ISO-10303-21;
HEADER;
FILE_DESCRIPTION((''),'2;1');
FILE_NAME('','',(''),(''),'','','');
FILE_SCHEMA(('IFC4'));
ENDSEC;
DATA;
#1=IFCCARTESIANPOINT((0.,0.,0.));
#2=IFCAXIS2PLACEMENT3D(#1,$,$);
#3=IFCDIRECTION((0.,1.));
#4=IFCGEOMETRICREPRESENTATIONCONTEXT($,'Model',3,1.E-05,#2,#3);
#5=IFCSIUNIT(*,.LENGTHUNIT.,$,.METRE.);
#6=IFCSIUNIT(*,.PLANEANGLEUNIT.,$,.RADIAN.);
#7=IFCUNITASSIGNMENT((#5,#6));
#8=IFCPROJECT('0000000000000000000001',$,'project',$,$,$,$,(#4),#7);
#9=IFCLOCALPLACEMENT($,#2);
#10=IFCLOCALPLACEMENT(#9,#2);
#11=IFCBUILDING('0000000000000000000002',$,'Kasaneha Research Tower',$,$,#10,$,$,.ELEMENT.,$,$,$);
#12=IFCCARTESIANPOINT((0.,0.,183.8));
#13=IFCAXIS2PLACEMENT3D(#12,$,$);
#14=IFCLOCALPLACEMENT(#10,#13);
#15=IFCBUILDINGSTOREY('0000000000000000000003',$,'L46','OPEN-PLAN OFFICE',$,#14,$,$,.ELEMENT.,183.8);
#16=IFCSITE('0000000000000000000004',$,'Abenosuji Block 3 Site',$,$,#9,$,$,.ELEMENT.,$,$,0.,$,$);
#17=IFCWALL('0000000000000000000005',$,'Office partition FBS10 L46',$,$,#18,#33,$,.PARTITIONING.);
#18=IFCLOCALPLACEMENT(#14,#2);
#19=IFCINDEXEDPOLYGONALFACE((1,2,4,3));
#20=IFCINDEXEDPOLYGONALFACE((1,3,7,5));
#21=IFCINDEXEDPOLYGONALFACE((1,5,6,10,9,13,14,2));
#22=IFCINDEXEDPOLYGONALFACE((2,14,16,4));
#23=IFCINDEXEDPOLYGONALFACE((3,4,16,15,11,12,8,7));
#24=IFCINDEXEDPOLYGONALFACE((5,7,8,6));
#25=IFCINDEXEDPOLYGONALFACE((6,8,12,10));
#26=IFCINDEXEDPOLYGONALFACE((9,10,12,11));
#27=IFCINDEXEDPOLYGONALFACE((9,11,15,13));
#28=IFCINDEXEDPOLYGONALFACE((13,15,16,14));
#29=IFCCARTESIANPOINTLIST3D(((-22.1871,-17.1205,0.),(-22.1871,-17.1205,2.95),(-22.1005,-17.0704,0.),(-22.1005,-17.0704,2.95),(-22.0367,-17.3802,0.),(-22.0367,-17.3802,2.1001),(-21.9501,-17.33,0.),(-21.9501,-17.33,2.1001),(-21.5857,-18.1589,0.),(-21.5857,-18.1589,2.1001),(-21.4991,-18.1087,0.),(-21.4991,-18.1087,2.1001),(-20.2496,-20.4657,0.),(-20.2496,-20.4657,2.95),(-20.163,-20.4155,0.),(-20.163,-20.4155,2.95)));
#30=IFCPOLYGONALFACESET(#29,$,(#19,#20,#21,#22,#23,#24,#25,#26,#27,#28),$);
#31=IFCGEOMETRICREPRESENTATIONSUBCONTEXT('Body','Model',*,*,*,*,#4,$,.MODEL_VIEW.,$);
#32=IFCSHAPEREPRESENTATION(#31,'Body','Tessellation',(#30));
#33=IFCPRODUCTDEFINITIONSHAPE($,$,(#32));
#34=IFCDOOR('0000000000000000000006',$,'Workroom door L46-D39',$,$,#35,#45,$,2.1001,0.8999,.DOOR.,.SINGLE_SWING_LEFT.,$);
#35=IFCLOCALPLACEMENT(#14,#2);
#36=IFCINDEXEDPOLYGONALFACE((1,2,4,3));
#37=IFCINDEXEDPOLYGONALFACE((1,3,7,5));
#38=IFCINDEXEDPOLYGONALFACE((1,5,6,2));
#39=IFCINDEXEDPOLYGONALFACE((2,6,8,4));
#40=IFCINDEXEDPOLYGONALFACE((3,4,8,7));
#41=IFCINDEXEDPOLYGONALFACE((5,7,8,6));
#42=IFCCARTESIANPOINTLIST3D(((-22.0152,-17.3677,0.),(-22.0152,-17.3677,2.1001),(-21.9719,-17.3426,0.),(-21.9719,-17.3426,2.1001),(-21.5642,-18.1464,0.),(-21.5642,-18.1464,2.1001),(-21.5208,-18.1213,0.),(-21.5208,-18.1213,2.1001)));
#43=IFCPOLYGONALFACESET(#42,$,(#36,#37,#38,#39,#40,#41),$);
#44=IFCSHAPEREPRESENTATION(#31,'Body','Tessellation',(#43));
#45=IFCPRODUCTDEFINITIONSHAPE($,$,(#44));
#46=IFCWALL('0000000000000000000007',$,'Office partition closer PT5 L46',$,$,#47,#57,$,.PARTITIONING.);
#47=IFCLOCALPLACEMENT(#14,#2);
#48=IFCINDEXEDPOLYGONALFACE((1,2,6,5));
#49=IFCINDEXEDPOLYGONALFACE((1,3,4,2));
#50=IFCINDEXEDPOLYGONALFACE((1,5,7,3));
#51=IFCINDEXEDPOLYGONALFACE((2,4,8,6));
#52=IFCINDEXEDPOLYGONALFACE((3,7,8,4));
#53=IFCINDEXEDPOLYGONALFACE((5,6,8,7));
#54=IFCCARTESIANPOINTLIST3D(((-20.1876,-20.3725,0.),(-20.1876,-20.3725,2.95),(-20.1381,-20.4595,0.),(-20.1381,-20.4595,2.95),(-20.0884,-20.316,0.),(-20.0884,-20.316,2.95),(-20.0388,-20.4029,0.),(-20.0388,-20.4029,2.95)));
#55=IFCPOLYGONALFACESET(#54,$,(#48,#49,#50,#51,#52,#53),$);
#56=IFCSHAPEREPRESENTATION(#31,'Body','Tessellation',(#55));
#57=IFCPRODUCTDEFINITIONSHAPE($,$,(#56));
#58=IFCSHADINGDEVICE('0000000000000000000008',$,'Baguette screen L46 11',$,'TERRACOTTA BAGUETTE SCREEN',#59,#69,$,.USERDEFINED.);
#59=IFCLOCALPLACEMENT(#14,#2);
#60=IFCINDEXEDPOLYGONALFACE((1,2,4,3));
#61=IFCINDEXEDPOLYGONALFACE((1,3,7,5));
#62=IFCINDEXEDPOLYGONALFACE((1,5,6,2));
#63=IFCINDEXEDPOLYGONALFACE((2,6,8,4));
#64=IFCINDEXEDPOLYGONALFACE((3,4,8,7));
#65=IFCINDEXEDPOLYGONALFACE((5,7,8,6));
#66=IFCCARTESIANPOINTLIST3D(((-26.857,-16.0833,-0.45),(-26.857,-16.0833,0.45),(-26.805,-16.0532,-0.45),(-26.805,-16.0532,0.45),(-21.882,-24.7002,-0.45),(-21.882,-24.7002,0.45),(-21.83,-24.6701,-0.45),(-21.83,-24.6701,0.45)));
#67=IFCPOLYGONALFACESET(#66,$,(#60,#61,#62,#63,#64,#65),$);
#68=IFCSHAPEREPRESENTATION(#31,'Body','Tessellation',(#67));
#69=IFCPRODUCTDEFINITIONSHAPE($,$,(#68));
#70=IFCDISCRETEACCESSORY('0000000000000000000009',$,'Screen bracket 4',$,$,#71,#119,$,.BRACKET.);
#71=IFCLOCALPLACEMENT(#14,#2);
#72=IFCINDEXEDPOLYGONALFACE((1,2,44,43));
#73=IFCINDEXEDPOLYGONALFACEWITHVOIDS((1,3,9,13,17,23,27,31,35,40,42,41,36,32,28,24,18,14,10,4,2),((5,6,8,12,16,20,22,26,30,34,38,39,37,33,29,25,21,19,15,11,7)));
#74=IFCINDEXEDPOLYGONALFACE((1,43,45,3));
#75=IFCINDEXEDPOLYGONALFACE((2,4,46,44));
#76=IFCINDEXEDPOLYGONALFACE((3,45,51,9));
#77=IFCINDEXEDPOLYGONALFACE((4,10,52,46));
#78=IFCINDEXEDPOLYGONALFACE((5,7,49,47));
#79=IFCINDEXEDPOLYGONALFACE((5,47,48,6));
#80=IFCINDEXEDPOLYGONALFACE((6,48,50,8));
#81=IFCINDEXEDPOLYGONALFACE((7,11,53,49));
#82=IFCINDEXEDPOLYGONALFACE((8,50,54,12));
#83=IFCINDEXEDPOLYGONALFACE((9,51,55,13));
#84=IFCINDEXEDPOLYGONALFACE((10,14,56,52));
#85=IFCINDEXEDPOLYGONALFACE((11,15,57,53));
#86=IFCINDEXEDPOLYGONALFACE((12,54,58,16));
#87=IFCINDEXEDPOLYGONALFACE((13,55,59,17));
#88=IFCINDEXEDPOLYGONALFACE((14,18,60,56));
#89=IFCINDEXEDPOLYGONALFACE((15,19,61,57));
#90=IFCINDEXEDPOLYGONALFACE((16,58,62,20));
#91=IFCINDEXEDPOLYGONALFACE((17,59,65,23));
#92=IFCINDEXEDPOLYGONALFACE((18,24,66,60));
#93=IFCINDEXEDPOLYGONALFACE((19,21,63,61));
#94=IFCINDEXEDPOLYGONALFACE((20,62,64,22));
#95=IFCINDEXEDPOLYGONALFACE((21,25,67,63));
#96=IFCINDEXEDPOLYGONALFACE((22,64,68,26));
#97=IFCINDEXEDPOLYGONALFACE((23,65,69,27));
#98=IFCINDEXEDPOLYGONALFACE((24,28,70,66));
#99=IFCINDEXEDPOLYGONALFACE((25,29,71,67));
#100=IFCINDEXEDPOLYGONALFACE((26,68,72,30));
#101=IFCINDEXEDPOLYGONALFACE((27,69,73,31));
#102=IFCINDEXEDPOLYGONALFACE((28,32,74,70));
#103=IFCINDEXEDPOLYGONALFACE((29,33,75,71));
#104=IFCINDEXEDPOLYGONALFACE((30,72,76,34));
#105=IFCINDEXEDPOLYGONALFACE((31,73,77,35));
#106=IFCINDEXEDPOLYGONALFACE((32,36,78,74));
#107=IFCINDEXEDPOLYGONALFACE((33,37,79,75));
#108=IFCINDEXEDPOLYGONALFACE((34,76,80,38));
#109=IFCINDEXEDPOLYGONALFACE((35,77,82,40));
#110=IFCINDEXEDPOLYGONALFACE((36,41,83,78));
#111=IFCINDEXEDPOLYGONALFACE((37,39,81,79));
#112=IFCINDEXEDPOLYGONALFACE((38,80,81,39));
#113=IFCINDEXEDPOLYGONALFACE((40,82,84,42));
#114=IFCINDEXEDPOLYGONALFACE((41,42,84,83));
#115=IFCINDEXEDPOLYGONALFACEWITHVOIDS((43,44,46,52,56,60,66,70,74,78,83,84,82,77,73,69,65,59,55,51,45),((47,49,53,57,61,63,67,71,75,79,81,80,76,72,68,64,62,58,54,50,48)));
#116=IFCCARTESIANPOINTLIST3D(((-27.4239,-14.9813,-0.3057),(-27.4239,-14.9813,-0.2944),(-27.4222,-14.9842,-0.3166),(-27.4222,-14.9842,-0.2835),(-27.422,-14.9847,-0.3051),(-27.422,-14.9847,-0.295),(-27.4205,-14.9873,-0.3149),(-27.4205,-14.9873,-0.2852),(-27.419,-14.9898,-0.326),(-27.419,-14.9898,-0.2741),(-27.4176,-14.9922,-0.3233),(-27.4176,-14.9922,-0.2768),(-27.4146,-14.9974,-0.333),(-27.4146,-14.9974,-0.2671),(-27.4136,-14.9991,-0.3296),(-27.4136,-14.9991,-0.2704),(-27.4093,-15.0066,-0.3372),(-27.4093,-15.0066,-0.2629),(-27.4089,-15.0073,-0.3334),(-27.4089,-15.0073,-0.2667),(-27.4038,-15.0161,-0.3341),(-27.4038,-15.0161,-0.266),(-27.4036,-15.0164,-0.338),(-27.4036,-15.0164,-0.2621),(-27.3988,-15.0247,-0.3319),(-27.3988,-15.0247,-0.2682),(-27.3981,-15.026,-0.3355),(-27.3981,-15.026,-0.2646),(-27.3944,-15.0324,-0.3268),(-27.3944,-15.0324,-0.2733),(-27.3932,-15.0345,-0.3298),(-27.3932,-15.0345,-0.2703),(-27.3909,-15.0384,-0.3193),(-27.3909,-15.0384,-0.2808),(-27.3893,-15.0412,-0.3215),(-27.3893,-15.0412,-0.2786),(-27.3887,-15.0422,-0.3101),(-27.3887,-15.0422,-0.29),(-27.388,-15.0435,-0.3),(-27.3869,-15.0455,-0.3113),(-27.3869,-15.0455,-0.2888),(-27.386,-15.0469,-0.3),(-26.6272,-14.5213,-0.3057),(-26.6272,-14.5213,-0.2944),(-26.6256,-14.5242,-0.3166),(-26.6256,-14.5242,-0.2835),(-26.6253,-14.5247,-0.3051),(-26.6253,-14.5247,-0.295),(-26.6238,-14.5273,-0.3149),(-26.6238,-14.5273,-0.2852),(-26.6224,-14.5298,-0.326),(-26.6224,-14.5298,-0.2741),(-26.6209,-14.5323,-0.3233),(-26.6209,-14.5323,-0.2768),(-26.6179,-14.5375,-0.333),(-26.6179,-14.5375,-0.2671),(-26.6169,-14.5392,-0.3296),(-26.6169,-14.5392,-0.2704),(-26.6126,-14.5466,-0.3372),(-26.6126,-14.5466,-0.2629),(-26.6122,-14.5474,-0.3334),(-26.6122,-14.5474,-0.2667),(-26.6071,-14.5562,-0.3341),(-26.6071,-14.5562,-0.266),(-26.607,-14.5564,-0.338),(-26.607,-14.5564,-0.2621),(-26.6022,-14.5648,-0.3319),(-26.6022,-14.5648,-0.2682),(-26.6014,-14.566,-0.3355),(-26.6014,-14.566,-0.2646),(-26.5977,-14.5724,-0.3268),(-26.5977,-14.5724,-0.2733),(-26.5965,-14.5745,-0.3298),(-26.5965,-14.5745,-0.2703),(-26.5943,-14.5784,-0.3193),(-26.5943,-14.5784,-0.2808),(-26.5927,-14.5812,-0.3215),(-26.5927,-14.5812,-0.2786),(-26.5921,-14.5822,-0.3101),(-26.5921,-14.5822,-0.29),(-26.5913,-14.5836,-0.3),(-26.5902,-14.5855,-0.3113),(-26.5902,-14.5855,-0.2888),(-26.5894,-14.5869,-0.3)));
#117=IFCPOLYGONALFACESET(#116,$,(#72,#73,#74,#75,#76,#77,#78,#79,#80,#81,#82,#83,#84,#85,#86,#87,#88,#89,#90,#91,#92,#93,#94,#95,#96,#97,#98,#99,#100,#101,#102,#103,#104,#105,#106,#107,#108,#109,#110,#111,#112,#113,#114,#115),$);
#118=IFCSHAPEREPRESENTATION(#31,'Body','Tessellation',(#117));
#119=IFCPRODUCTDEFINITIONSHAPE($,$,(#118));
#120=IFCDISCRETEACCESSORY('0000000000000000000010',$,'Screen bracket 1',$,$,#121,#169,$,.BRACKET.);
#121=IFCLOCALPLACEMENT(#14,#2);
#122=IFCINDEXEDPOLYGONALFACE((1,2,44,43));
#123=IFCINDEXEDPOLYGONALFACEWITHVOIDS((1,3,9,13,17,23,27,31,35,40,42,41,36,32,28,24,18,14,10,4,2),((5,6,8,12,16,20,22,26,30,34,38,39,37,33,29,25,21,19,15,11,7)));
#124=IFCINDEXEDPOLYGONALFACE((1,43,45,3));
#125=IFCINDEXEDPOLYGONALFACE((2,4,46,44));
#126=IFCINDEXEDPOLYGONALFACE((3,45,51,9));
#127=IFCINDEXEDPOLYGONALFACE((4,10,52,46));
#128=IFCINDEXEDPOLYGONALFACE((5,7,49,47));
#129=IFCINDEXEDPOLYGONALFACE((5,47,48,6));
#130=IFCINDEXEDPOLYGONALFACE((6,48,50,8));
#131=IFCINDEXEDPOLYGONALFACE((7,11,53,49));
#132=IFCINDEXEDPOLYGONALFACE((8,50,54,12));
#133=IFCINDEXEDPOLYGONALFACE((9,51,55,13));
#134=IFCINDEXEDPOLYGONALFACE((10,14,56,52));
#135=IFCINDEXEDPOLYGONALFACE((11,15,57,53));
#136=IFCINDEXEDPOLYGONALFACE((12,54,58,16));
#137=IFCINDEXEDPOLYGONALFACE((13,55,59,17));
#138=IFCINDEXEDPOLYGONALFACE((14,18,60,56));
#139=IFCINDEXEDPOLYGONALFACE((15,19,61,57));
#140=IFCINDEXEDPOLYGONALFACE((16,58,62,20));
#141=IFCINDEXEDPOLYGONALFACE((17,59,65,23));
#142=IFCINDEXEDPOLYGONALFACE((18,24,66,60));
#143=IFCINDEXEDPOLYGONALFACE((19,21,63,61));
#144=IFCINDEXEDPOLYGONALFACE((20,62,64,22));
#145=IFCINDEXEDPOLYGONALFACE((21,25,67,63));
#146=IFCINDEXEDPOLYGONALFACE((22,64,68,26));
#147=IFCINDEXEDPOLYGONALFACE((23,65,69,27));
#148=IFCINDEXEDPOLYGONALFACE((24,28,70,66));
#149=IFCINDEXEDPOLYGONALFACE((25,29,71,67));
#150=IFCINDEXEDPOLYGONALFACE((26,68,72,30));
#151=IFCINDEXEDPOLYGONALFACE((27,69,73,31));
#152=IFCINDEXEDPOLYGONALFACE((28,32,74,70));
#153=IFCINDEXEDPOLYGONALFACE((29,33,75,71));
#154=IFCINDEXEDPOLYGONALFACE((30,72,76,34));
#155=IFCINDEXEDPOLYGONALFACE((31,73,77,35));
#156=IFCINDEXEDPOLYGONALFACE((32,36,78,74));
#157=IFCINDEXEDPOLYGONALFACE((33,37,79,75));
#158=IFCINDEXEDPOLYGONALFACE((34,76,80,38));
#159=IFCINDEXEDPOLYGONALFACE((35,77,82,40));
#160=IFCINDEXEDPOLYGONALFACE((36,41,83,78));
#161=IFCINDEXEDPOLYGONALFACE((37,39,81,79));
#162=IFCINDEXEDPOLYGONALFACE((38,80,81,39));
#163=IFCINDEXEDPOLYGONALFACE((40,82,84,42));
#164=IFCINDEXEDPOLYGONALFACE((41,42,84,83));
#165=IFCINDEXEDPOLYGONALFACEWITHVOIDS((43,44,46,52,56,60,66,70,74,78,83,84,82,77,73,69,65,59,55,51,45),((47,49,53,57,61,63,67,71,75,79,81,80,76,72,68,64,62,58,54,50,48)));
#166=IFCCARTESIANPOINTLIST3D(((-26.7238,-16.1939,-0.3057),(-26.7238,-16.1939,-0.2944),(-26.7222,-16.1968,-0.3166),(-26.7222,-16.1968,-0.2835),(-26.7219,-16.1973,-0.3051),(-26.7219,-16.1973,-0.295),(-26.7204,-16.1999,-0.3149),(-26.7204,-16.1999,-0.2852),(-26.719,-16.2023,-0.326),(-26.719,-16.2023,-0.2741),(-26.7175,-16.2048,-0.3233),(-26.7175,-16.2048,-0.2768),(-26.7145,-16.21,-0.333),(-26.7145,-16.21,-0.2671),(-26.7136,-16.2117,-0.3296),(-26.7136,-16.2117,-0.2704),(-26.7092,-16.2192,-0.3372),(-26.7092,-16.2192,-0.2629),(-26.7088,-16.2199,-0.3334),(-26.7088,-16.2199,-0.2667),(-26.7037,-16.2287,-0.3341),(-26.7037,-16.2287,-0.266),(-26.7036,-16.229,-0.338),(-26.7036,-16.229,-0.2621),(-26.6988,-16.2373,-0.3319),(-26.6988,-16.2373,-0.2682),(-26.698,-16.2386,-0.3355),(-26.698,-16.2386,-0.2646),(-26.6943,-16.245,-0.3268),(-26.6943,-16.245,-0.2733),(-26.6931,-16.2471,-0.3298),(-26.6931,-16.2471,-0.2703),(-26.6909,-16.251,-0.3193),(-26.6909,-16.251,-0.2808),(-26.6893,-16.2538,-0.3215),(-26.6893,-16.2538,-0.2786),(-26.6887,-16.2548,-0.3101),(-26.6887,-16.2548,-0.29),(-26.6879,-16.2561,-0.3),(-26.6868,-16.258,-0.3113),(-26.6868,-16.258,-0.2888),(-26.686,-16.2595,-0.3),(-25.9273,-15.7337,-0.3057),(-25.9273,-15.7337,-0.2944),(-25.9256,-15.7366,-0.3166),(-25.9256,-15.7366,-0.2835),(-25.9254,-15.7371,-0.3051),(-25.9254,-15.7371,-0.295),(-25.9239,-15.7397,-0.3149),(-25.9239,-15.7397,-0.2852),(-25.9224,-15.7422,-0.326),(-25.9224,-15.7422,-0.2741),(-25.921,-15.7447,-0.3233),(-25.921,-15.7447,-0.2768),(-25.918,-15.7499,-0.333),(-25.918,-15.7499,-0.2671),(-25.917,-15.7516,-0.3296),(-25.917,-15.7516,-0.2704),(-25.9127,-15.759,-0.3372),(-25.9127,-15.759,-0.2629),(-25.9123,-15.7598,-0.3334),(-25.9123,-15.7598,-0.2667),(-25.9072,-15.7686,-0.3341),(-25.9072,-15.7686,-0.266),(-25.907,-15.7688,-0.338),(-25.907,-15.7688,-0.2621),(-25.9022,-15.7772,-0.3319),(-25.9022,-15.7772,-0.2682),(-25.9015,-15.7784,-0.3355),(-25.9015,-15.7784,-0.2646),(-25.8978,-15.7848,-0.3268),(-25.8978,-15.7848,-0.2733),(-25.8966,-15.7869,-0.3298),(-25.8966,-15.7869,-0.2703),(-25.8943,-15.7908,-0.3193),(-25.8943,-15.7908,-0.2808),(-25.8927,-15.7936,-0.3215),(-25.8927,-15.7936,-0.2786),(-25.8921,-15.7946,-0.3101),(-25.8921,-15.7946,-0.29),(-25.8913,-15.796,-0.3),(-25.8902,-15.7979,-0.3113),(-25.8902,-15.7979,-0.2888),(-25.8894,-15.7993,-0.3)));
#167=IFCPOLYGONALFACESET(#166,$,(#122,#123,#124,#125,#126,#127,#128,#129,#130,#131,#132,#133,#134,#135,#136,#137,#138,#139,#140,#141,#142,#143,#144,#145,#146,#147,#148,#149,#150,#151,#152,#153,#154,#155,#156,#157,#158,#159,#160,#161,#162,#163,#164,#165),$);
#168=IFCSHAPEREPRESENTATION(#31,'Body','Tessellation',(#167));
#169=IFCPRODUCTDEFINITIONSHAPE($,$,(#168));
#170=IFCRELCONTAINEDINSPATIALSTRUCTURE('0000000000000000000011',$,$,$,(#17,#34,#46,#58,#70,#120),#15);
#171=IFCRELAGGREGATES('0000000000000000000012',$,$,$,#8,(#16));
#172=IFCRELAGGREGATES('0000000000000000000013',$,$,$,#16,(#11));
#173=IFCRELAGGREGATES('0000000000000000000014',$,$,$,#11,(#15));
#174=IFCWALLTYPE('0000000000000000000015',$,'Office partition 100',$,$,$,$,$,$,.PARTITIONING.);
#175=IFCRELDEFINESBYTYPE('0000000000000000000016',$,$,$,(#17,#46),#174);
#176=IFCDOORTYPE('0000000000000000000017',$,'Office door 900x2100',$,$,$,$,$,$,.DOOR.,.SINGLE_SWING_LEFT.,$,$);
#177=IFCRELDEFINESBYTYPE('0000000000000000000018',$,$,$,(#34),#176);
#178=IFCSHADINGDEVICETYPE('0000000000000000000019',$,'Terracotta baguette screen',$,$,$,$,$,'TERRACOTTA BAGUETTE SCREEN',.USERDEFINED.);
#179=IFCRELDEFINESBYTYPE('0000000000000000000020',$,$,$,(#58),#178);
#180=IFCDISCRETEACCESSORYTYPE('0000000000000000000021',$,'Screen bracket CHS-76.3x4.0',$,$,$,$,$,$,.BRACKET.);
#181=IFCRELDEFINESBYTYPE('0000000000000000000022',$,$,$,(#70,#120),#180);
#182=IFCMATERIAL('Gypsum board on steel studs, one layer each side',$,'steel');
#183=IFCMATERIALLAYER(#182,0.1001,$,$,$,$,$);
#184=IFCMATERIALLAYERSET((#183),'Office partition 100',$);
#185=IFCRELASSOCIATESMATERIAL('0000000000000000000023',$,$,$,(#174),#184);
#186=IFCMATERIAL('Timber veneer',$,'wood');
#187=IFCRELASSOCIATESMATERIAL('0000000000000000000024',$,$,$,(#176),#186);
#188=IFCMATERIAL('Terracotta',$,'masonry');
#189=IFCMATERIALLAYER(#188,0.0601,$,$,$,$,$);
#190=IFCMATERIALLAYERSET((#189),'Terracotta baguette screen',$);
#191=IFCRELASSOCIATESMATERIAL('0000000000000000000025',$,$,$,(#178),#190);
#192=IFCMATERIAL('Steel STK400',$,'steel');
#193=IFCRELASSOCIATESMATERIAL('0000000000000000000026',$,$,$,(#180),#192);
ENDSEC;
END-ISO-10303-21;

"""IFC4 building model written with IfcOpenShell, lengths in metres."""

from ifc_helpers import new_model, si_unit, direction, frame, frame_2d, origin, origin_2d, place, context, subcontext, project, spatial, rectangle, hollow_circle, extrude, material, layer, layer_set, material_profile, profile_set, type_object, element, fill, save


model = new_model("IFC4")

# Units and contexts
model_context = context("Model", 3, precision=1e-05, world=origin(), true_north=direction((0.0, 1.0)))
body_context = subcontext(model_context, "Body", "Model", "MODEL_VIEW")
ifc_project = project(units=[si_unit("LENGTHUNIT", "METRE"), si_unit("PLANEANGLEUNIT", "RADIAN")], contexts=[model_context])

# Site, building, storey
site_placement = place(None, origin())
site = spatial("IfcSite", under=ifc_project, at=site_placement, Name="Abenosuji Block 3 Site", CompositionType="ELEMENT", RefElevation=0.0)
building_placement = place(site_placement, origin())
building = spatial("IfcBuilding", under=site, at=building_placement, Name="Kasaneha Research Tower", CompositionType="ELEMENT")
storey_placement = place(building_placement, frame((0.0, 0.0, 183.8)))
storey = spatial("IfcBuildingStorey", under=building, at=storey_placement, Name="L46", Description="OPEN-PLAN OFFICE", CompositionType="ELEMENT", Elevation=183.8)

# Shared definitions
ifc_material_1 = material(Name="Gypsum board on steel studs, one layer each side", Category="steel")
ifc_layer_1 = layer(ifc_material_1, 0.1001)
ifc_layer_set_1 = layer_set([ifc_layer_1], Name="Office partition 100")
wall_type = type_object("IfcWallType", Name="Office partition 100", PredefinedType="PARTITIONING", material=ifc_layer_set_1)

# Shared definitions
ifc_material_2 = material(Name="Timber veneer", Category="wood")
door_type = type_object("IfcDoorType", Name="Office door 900x2100", OperationType="SINGLE_SWING_LEFT", PredefinedType="DOOR", material=ifc_material_2)

# Wall, opening, door
wall_1_placement = place(storey_placement, frame((-22.1438, -17.0955, 0.0), z_axis=(0.0, 0.0, 1.0), x_axis=(0.501191, -0.865337, 0.0)))
wall_1 = element("IfcWall", 1, at=wall_1_placement, inside=storey, type_object=wall_type, Name="Office partition FBS10 L46", PredefinedType="PARTITIONING", context=body_context, shape_type="SweptSolid", body=[
    extrude(rectangle(XDim=3.8657, YDim=0.1001, at=frame_2d((1.9329, 0.0))), origin(), (0.0, 0.0, 1.0), 2.95),
])
opening_1_placement = place(wall_1_placement, frame((0.3, 0.0, 0.0)))
opening_1 = element("IfcOpeningElement", 2, at=opening_1_placement, cuts=wall_1, PredefinedType="OPENING", context=body_context, shape_type="SweptSolid", body=[
    extrude(rectangle(XDim=0.8999, YDim=2.1001, at=frame_2d((0.45, 1.05))), frame((0.0, 0.0601, 0.0), z_axis=(0.0, -1.0, 0.0), x_axis=(1.0, 0.0, 0.0)), (0.0, 0.0, 1.0), 0.1201),
])
door_1_placement = place(opening_1_placement, origin())
door_1 = element("IfcDoor", 3, at=door_1_placement, inside=storey, type_object=door_type, Name="Workroom door L46-D39", OperationType="SINGLE_SWING_LEFT", OverallHeight=2.1001, OverallWidth=0.8999, PredefinedType="DOOR", context=body_context, shape_type="SweptSolid", body=[
    extrude(rectangle(XDim=0.8999, YDim=2.1001, at=frame_2d((0.45, 1.05))), frame((0.0, 0.0249, 0.0), z_axis=(0.0, -1.0, 0.0), x_axis=(1.0, 0.0, 0.0)), (0.0, 0.0, 1.0), 0.05),
])
fill(opening_1, door_1)

# Wall
wall_2_placement = place(storey_placement, frame((-20.1628, -20.416, 0.0), z_axis=(0.0, 0.0, 1.0), x_axis=(0.868768, 0.495219, 0.0)))
element("IfcWall", 4, at=wall_2_placement, inside=storey, type_object=wall_type, Name="Office partition closer PT5 L46", PredefinedType="PARTITIONING", context=body_context, shape_type="SweptSolid", body=[
    extrude(rectangle(XDim=0.1143, YDim=0.1001, at=frame_2d((0.0571, 0.0))), origin(), (0.0, 0.0, 1.0), 2.95),
])

# Shading device
ifc_material_3 = material(Name="Terracotta", Category="masonry")
ifc_layer_2 = layer(ifc_material_3, 0.0601)
ifc_layer_set_2 = layer_set([ifc_layer_2], Name="Terracotta baguette screen")
shading_device_type = type_object("IfcShadingDeviceType", Name="Terracotta baguette screen", ElementType="TERRACOTTA BAGUETTE SCREEN", PredefinedType="USERDEFINED", material=ifc_layer_set_2)
shading_device_placement = place(storey_placement, frame((-24.3435, -20.3767, -0.45), z_axis=(0.0, 0.0, 1.0), x_axis=(0.5, -0.866025, 0.0)))
element("IfcShadingDevice", 5, at=shading_device_placement, inside=storey, type_object=shading_device_type, Name="Baguette screen L46 11", ObjectType="TERRACOTTA BAGUETTE SCREEN", PredefinedType="USERDEFINED", context=body_context, shape_type="SweptSolid", body=[
    extrude(rectangle(XDim=9.95, YDim=0.0601, at=origin_2d()), origin(), (0.0, 0.0, 1.0), 0.8999),
])

# Discrete accessories
ifc_material_4 = material(Name="Steel STK400", Category="steel")
ifc_material_profile_1 = material_profile(ifc_material_4, hollow_circle(Radius=0.0381, WallThickness=0.0039, at=origin_2d()), Name="CHS-76.3x4.0")
ifc_profile_set_1 = profile_set([ifc_material_profile_1], Name="Steel STK400")
discrete_accessory_type = type_object("IfcDiscreteAccessoryType", Name="Screen bracket CHS-76.3x4.0", PredefinedType="BRACKET", material=ifc_profile_set_1)
for number, where, z_axis, x_axis, name in (
    (6, (-26.6084, -14.554, -0.3), (-0.866013, -0.500021, 0.0), (0.500021, -0.866013, 0.0), "Screen bracket 4"),
    (7, (-25.9084, -15.7664, -0.3), (-0.865898, -0.50022, 0.0), (0.50022, -0.865898, 0.0), "Screen bracket 1"),
):
    element("IfcDiscreteAccessory", number, at=place(storey_placement, frame(where, z_axis=z_axis, x_axis=x_axis)), inside=storey, type_object=discrete_accessory_type, Name=name, PredefinedType="BRACKET", context=body_context, shape_type="SweptSolid", body=[
        extrude(hollow_circle(Radius=0.0381, WallThickness=0.0039, at=origin_2d()), origin(), (0.0, 0.0, 1.0), 0.9199),
    ])

save(model, "model.ifc")
